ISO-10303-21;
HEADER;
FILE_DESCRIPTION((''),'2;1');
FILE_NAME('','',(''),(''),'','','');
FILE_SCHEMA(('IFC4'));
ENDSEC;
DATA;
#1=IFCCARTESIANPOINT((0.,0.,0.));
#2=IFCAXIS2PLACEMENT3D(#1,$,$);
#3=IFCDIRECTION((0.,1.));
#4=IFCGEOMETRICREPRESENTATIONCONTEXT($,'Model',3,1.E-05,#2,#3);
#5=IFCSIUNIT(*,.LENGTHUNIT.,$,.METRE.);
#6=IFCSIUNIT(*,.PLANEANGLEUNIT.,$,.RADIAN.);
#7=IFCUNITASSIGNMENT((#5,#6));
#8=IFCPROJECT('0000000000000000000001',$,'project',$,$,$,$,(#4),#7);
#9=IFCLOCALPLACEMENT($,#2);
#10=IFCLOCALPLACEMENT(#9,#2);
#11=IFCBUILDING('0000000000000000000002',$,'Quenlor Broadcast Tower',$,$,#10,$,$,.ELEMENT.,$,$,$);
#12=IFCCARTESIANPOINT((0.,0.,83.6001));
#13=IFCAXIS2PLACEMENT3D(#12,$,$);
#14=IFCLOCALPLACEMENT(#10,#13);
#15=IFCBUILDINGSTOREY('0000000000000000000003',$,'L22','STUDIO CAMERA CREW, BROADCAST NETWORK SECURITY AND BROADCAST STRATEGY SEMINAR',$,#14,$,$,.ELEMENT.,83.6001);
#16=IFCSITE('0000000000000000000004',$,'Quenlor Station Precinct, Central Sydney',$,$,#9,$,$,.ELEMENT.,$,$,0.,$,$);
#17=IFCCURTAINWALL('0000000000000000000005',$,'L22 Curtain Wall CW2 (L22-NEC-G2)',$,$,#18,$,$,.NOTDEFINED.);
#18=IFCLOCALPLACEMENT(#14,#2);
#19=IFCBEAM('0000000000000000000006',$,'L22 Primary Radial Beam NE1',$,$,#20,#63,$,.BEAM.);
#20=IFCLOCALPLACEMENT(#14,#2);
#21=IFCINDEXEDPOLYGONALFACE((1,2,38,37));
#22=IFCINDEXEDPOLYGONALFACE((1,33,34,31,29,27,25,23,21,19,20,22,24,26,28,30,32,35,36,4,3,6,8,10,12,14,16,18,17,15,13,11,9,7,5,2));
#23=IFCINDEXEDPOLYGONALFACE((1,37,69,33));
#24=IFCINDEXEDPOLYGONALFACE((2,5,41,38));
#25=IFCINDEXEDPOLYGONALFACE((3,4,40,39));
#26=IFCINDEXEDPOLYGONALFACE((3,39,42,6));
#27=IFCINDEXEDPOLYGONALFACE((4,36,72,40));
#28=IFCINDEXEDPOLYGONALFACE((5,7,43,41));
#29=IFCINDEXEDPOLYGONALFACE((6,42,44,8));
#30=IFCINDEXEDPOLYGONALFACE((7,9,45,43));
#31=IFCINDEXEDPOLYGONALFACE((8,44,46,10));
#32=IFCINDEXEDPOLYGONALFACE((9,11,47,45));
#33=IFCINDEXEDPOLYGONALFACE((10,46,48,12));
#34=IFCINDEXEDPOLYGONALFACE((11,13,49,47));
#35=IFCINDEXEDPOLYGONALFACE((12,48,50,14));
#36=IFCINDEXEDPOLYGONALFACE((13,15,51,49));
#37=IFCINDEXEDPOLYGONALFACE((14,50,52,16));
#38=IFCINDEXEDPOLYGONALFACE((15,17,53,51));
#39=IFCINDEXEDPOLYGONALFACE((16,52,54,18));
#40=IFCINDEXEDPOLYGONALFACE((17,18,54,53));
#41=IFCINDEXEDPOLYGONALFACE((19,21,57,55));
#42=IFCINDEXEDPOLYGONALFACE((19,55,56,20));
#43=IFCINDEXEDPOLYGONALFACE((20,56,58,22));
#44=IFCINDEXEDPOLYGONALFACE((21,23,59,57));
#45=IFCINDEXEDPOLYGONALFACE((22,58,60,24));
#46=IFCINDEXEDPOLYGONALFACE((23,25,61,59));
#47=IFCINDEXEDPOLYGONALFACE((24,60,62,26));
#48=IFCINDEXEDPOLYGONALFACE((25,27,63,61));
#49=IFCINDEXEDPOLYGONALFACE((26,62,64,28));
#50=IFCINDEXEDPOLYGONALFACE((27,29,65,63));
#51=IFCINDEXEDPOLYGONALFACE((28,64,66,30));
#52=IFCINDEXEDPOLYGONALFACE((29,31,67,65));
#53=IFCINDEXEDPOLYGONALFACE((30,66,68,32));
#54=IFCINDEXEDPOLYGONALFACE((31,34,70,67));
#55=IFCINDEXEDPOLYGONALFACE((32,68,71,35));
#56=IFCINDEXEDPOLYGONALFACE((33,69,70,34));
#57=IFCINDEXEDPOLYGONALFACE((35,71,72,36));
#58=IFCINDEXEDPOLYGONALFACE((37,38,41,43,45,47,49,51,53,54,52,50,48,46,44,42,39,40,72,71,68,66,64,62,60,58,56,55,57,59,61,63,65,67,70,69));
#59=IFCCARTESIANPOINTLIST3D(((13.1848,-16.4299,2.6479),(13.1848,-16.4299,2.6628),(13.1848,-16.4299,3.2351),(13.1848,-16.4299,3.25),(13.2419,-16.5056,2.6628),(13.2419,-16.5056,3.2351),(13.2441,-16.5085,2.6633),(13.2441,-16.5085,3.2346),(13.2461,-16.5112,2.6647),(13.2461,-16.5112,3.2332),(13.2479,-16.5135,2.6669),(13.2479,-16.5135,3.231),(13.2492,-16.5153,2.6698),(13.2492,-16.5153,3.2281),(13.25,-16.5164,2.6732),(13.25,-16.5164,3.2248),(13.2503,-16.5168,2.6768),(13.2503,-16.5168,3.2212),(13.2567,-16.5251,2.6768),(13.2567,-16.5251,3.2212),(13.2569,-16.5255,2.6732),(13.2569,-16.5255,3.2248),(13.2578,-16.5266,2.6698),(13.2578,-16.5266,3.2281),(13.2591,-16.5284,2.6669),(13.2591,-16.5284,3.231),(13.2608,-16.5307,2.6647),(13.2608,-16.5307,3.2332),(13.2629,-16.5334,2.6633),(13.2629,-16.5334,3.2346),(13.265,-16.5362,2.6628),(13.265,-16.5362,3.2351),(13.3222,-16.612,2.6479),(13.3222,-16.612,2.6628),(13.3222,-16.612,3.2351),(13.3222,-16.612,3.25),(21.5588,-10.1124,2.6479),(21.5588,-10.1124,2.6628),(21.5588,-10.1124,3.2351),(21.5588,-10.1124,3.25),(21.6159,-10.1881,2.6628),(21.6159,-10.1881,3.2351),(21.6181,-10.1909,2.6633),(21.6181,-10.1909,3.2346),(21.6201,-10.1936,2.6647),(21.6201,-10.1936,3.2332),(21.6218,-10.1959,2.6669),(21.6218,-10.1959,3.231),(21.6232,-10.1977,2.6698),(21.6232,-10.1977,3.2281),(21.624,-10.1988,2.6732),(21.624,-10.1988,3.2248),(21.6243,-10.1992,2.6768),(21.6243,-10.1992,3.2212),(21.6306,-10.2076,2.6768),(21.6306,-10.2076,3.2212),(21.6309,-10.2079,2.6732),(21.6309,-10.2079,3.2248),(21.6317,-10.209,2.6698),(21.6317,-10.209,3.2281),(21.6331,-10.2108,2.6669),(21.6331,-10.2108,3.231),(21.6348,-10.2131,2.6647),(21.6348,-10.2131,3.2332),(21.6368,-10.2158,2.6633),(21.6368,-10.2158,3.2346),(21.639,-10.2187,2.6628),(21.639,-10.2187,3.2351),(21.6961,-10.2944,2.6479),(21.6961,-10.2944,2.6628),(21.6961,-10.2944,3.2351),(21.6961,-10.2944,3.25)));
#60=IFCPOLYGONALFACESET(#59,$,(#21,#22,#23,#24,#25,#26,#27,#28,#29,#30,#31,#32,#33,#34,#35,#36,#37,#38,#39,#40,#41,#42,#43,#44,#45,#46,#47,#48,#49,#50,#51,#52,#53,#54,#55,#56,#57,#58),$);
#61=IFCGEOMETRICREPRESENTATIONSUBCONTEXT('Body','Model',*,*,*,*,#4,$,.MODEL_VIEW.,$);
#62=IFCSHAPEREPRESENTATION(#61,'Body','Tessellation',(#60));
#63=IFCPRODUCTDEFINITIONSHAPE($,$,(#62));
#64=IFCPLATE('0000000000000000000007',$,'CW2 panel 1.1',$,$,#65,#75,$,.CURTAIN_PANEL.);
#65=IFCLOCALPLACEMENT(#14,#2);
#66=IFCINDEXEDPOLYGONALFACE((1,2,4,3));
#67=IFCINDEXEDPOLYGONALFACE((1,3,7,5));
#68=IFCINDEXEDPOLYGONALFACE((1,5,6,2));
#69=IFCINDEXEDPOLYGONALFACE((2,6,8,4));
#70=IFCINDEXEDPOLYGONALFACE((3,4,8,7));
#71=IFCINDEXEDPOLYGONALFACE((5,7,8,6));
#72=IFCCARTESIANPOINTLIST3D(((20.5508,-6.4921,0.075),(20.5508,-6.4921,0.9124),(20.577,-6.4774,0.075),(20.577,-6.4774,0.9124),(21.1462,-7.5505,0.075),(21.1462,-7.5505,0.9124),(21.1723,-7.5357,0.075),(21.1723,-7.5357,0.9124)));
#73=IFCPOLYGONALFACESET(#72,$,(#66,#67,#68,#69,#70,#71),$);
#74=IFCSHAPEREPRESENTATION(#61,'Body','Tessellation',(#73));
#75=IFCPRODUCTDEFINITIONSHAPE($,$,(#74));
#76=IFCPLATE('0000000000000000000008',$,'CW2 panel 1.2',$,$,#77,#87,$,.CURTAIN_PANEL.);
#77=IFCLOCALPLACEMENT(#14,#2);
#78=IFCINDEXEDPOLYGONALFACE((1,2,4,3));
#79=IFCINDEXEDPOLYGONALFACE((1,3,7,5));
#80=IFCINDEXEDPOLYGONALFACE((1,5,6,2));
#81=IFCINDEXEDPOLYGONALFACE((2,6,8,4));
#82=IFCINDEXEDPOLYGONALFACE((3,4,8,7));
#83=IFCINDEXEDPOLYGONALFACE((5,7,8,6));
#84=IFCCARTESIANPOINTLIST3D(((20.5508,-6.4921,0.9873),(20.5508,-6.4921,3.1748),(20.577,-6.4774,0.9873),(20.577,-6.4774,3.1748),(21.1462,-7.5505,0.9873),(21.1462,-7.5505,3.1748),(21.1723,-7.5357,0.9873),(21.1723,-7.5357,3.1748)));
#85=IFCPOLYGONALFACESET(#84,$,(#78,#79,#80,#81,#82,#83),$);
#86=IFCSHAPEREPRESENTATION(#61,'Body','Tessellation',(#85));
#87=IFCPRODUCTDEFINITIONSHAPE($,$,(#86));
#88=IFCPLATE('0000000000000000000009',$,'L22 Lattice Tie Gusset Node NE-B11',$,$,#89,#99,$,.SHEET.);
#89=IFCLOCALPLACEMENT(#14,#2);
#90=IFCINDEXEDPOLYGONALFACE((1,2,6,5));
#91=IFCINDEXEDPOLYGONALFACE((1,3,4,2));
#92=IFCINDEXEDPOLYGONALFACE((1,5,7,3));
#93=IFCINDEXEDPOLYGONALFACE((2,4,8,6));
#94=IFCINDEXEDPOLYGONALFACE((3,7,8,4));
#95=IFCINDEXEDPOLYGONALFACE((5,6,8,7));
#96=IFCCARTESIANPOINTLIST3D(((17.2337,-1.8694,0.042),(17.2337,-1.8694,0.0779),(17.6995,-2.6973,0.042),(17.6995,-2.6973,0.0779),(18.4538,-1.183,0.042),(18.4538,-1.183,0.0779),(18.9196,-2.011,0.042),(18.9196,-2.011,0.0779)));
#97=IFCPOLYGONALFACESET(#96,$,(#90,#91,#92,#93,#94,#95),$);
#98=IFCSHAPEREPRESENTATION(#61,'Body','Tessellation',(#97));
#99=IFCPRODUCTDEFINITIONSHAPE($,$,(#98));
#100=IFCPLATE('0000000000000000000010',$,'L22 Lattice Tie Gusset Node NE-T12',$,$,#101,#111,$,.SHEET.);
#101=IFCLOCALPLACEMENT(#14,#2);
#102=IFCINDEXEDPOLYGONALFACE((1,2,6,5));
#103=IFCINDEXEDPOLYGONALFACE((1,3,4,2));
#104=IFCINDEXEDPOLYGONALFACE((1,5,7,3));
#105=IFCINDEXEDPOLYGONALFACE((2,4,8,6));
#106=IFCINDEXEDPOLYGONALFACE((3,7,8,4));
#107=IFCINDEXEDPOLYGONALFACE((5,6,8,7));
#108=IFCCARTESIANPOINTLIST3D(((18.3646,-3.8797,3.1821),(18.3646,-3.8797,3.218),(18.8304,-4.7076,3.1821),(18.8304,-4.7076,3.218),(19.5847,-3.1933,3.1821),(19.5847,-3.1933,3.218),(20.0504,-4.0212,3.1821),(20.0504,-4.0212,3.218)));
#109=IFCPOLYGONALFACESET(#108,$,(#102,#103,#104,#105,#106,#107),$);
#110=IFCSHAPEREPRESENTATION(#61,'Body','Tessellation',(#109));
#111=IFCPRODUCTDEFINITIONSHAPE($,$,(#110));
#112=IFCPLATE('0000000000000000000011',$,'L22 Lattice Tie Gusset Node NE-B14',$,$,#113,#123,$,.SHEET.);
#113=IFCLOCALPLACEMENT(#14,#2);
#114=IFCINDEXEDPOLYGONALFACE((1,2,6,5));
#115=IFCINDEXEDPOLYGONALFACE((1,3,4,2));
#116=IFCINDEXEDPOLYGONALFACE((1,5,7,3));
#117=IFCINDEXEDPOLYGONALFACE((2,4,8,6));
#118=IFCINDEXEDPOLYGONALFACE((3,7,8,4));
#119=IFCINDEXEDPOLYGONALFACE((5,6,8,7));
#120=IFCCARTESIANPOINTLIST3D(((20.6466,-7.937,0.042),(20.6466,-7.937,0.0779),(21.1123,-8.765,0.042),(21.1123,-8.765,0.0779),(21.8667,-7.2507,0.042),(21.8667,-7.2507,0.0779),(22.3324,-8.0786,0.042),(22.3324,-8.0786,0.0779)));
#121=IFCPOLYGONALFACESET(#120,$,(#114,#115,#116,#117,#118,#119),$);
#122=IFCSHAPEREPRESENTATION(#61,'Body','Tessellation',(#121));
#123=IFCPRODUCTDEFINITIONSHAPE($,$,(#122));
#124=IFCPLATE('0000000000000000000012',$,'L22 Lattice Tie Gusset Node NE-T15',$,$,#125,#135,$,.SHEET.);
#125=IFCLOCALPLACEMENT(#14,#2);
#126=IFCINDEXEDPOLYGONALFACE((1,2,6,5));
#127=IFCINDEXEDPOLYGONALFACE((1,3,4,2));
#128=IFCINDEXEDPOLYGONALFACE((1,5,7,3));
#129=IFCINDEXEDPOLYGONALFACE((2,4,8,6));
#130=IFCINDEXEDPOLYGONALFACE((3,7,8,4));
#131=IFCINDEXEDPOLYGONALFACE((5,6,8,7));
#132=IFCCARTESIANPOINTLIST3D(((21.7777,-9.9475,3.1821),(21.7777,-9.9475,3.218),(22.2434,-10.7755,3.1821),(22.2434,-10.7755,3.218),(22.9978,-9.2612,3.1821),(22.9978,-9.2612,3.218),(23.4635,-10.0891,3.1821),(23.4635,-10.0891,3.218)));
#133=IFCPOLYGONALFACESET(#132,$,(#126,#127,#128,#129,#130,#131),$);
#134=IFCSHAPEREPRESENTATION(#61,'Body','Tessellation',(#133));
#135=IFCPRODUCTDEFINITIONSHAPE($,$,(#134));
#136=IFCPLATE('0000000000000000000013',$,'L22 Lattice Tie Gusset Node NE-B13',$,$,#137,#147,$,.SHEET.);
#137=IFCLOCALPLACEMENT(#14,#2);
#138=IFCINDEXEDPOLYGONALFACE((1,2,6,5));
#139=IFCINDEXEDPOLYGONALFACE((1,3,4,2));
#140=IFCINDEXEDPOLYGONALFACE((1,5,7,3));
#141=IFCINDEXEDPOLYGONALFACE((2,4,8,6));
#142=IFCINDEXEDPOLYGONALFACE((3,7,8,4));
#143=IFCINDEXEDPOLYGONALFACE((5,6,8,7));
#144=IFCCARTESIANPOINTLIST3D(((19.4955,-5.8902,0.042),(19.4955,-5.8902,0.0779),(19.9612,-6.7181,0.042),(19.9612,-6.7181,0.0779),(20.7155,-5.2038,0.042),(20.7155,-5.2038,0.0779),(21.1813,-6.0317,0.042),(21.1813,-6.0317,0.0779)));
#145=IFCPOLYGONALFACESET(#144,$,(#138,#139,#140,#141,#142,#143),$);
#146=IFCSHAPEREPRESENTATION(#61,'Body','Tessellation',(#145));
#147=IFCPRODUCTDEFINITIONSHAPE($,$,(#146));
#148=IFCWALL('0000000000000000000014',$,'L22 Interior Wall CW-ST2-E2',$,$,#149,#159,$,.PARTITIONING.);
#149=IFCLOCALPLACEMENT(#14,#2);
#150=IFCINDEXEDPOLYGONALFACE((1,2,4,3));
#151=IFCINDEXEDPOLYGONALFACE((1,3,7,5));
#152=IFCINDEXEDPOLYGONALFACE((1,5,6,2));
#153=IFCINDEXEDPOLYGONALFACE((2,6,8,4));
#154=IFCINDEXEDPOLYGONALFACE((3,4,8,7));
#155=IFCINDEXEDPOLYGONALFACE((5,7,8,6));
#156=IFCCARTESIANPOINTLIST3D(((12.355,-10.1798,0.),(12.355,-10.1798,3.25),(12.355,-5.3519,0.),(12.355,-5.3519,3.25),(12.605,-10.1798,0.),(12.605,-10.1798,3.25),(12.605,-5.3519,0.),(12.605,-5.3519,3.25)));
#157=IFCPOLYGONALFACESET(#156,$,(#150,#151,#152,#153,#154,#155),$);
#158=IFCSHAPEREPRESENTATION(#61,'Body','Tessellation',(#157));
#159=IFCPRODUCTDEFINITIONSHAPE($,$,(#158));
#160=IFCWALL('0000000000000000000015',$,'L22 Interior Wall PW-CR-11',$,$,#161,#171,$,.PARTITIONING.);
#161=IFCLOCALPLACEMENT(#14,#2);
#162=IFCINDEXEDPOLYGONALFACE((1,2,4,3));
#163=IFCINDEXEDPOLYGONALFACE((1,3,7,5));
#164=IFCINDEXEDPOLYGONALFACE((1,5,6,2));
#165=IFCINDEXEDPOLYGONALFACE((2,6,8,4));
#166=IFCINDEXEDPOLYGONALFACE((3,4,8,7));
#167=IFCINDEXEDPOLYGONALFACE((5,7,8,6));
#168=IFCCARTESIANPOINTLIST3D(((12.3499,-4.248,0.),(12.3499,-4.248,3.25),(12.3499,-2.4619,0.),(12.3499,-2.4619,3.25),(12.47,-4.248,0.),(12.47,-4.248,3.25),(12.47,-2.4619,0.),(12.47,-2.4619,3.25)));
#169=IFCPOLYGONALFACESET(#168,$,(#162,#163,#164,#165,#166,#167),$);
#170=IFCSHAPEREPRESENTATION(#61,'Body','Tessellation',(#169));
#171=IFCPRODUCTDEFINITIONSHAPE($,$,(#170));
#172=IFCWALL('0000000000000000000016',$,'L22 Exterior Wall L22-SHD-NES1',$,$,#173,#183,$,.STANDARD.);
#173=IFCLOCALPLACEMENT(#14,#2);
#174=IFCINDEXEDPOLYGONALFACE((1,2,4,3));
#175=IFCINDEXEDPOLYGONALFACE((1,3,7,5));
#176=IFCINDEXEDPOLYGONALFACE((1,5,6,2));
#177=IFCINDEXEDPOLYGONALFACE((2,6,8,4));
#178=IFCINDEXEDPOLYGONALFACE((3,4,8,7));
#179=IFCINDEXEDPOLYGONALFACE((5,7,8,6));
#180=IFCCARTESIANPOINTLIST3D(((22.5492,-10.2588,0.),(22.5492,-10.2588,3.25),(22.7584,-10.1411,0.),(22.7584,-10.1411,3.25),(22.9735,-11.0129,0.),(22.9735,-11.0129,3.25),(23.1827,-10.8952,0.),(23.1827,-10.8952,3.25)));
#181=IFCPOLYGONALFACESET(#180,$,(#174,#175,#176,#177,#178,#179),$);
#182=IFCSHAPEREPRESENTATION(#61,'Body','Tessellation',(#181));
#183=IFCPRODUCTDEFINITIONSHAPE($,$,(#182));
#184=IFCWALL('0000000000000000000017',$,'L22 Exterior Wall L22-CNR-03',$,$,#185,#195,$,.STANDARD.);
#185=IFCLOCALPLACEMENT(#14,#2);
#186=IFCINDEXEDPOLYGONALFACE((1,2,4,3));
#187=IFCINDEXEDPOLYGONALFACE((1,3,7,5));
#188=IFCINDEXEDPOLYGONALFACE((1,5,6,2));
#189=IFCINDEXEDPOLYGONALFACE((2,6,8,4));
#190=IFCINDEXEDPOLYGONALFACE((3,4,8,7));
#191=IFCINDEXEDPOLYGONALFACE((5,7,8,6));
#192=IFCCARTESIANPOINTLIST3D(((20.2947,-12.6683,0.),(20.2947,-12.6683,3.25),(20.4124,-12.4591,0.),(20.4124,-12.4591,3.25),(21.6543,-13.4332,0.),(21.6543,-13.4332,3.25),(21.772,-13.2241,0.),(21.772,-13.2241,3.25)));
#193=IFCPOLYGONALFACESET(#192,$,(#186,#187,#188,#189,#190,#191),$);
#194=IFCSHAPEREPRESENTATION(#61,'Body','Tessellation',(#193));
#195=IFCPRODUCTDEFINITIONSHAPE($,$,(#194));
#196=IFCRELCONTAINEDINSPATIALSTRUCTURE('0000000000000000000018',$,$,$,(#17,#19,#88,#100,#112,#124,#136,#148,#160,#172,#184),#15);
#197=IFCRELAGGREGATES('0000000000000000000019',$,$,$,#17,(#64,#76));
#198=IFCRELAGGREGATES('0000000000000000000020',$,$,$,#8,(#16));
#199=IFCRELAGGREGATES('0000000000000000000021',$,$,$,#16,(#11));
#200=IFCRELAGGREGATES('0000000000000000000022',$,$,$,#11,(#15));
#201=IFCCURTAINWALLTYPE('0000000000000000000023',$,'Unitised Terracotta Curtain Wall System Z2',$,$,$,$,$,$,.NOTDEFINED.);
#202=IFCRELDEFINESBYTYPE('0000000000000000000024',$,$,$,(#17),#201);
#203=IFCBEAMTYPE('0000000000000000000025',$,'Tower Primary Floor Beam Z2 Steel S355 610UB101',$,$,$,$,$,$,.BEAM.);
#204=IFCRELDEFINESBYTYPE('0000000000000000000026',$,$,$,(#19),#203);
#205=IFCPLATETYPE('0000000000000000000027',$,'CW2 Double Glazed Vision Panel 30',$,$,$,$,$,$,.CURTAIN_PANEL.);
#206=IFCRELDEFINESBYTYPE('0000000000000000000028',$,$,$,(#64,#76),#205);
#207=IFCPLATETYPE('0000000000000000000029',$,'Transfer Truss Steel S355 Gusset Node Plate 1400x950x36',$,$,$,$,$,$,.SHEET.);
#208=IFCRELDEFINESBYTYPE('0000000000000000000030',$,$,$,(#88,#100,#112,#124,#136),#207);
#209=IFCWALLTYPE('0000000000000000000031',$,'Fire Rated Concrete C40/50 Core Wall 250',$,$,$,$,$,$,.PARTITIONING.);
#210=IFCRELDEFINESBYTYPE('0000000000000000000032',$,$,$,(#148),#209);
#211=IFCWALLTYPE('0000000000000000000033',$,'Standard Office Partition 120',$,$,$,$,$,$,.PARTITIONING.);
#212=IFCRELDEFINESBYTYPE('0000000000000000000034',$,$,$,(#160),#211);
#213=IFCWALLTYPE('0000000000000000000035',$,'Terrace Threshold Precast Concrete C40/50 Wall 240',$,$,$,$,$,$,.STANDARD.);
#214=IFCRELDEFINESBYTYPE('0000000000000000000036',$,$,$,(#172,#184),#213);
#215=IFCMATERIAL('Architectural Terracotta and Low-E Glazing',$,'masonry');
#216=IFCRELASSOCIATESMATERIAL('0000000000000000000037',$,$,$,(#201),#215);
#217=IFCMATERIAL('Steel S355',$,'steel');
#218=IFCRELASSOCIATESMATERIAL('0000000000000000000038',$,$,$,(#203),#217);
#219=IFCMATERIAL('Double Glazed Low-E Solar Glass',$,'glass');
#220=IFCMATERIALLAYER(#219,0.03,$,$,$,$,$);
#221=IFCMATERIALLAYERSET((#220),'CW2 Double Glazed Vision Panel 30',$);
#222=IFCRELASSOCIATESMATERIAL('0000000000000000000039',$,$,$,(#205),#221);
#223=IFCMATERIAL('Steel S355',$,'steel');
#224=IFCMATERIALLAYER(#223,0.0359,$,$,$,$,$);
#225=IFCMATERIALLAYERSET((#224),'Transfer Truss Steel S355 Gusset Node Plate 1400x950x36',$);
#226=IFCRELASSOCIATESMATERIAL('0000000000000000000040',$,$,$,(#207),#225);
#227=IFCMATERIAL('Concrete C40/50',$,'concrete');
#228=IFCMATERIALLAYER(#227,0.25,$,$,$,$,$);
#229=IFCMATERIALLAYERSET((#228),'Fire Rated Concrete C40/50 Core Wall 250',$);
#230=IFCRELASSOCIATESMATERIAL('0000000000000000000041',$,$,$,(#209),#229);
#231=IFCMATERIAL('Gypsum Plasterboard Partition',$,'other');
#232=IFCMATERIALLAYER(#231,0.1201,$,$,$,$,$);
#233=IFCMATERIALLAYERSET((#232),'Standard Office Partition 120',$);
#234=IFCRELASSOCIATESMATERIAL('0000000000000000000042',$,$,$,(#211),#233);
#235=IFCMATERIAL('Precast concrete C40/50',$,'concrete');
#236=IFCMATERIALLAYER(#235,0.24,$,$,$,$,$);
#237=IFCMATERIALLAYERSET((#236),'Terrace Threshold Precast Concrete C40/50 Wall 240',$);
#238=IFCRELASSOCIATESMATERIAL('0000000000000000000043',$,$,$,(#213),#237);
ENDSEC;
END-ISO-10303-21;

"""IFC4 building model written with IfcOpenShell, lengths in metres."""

from ifc_helpers import new_model, si_unit, direction, frame, frame_2d, origin, origin_2d, place, context, subcontext, project, spatial, rectangle, i_section, extrude, material, layer, layer_set, material_profile, profile_set, type_object, element, aggregate, save


model = new_model("IFC4")

# Units and contexts
model_context = context("Model", 3, precision=1e-05, world=origin(), true_north=direction((0.0, 1.0)))
body_context = subcontext(model_context, "Body", "Model", "MODEL_VIEW")
ifc_project = project(units=[si_unit("LENGTHUNIT", "METRE"), si_unit("PLANEANGLEUNIT", "RADIAN")], contexts=[model_context])

# Site, building, storey
site_placement = place(None, origin())
site = spatial("IfcSite", under=ifc_project, at=site_placement, Name="Quenlor Station Precinct, Central Sydney", CompositionType="ELEMENT", RefElevation=0.0)
building_placement = place(site_placement, origin())
building = spatial("IfcBuilding", under=site, at=building_placement, Name="Quenlor Broadcast Tower", CompositionType="ELEMENT")
storey_placement = place(building_placement, frame((0.0, 0.0, 83.6001)))
storey = spatial("IfcBuildingStorey", under=building, at=storey_placement, Name="L22", Description="STUDIO CAMERA CREW, BROADCAST NETWORK SECURITY AND BROADCAST STRATEGY SEMINAR", CompositionType="ELEMENT", Elevation=83.6001)

# Curtain wall
ifc_material_1 = material(Name="Architectural Terracotta and Low-E Glazing", Category="masonry")
curtain_wall_type = type_object("IfcCurtainWallType", Name="Unitised Terracotta Curtain Wall System Z2", PredefinedType="NOTDEFINED", material=ifc_material_1)
curtain_wall_placement = place(storey_placement, origin())
curtain_wall = element("IfcCurtainWall", 1, at=curtain_wall_placement, inside=storey, type_object=curtain_wall_type, Name="L22 Curtain Wall CW2 (L22-NEC-G2)", PredefinedType="NOTDEFINED")

# Beam
ifc_material_2 = material(Name="Steel S355", Category="steel")
ifc_material_profile_1 = material_profile(ifc_material_2, i_section(OverallWidth=0.228, OverallDepth=0.6021, WebThickness=0.0105, FlangeThickness=0.0149, FilletRadius=0.0139, at=origin_2d()))
ifc_profile_set_1 = profile_set([ifc_material_profile_1], Name="Steel S355 610UB101")
beam_type_1 = type_object("IfcBeamType", Name="Tower Primary Floor Beam Z2 Steel S355 610UB101", PredefinedType="BEAM", material=ifc_profile_set_1)
beam_1_placement = place(storey_placement, frame((21.6274, -10.2034, 2.949), z_axis=(-0.798299, -0.602262, 0.0), x_axis=(0.602262, -0.798299, 0.0)))
element("IfcBeam", 2, at=beam_1_placement, inside=storey, type_object=beam_type_1, Name="L22 Primary Radial Beam NE1", PredefinedType="BEAM", context=body_context, shape_type="SweptSolid", body=[
    extrude(i_section(OverallWidth=0.228, OverallDepth=0.6021, WebThickness=0.0105, FlangeThickness=0.0149, FilletRadius=0.0139, at=origin_2d()), origin(), (0.0, 0.0, 1.0), 10.4897),
])

# Plates
ifc_material_3 = material(Name="Double Glazed Low-E Solar Glass", Category="glass")
ifc_layer_1 = layer(ifc_material_3, 0.03)
ifc_layer_set_1 = layer_set([ifc_layer_1], Name="CW2 Double Glazed Vision Panel 30")
plate_type_1 = type_object("IfcPlateType", Name="CW2 Double Glazed Vision Panel 30", PredefinedType="CURTAIN_PANEL", material=ifc_layer_set_1)
plate_1_placement = place(storey_placement, frame((20.8616, -7.0139, 0.075), z_axis=(0.0, 0.0, 1.0), x_axis=(0.490279, -0.871566, 0.0)))
plate_1 = element("IfcPlate", 3, at=plate_1_placement, type_object=plate_type_1, Name="CW2 panel 1.1", PredefinedType="CURTAIN_PANEL", context=body_context, shape_type="SweptSolid", body=[
    extrude(rectangle(XDim=1.2144, YDim=0.03, at=origin_2d()), origin(), (0.0, 0.0, 1.0), 0.8374),
])
plate_2_placement = place(storey_placement, frame((20.8616, -7.0139, 0.9873), z_axis=(0.0, 0.0, 1.0), x_axis=(0.490279, -0.871566, 0.0)))
plate_2 = element("IfcPlate", 4, at=plate_2_placement, type_object=plate_type_1, Name="CW2 panel 1.2", PredefinedType="CURTAIN_PANEL", context=body_context, shape_type="SweptSolid", body=[
    extrude(rectangle(XDim=1.2144, YDim=0.03, at=origin_2d()), origin(), (0.0, 0.0, 1.0), 2.1875),
])
aggregate(curtain_wall, [plate_1, plate_2])

# Plates
ifc_material_4 = material(Name="Steel S355", Category="steel")
ifc_layer_2 = layer(ifc_material_4, 0.0359)
ifc_layer_set_2 = layer_set([ifc_layer_2], Name="Transfer Truss Steel S355 Gusset Node Plate 1400x950x36")
plate_type_2 = type_object("IfcPlateType", Name="Transfer Truss Steel S355 Gusset Node Plate 1400x950x36", PredefinedType="SHEET", material=ifc_layer_set_2)
for number, where, z_axis, x_axis, name in (
    (5, (18.0767, -1.9402, 0.042), (0.0, 0.0, 1.0), (0.871556, 0.490295, 0.0), "L22 Lattice Tie Gusset Node NE-B11"),
    (6, (19.2075, -3.9504, 3.1821), (0.0, 0.0, 1.0), (0.871556, 0.490295, 0.0), "L22 Lattice Tie Gusset Node NE-T12"),
    (7, (21.4895, -8.0078, 0.042), (0.0, 0.0, 1.0), (0.871556, 0.490295, 0.0), "L22 Lattice Tie Gusset Node NE-B14"),
    (8, (22.6206, -10.0183, 3.1821), (0.0, 0.0, 1.0), (0.871556, 0.490295, 0.0), "L22 Lattice Tie Gusset Node NE-T15"),
    (9, (20.3384, -5.9609, 0.042), (0.0, 0.0, 1.0), (0.871556, 0.490295, 0.0), "L22 Lattice Tie Gusset Node NE-B13"),
):
    element("IfcPlate", number, at=place(storey_placement, frame(where, z_axis=z_axis, x_axis=x_axis)), inside=storey, type_object=plate_type_2, Name=name, PredefinedType="SHEET", context=body_context, shape_type="SweptSolid", body=[
        extrude(rectangle(XDim=1.3999, YDim=0.95, at=origin_2d()), origin(), (0.0, 0.0, 1.0), 0.0359),
    ])

# Walls
ifc_material_5 = material(Name="Concrete C40/50", Category="concrete")
ifc_layer_3 = layer(ifc_material_5, 0.25)
ifc_layer_set_3 = layer_set([ifc_layer_3], Name="Fire Rated Concrete C40/50 Core Wall 250")
wall_type_1 = type_object("IfcWallType", Name="Fire Rated Concrete C40/50 Core Wall 250", PredefinedType="PARTITIONING", material=ifc_layer_set_3)
wall_1_placement = place(storey_placement, frame((12.48, -10.1799, 0.0), z_axis=(0.0, 0.0, 1.0), x_axis=(0.0, 1.0, 0.0)))
element("IfcWall", 10, at=wall_1_placement, inside=storey, type_object=wall_type_1, Name="L22 Interior Wall CW-ST2-E2", PredefinedType="PARTITIONING", context=body_context, shape_type="SweptSolid", body=[
    extrude(rectangle(XDim=4.8279, YDim=0.25, at=frame_2d((2.4141, 0.0))), origin(), (0.0, 0.0, 1.0), 3.25),
])
ifc_material_6 = material(Name="Gypsum Plasterboard Partition", Category="other")
ifc_layer_4 = layer(ifc_material_6, 0.1201)
ifc_layer_set_4 = layer_set([ifc_layer_4], Name="Standard Office Partition 120")
wall_type_2 = type_object("IfcWallType", Name="Standard Office Partition 120", PredefinedType="PARTITIONING", material=ifc_layer_set_4)
wall_2_placement = place(storey_placement, frame((12.4099, -2.4619, 0.0), z_axis=(0.0, 0.0, 1.0), x_axis=(0.0, -1.0, 0.0)))
element("IfcWall", 11, at=wall_2_placement, inside=storey, type_object=wall_type_2, Name="L22 Interior Wall PW-CR-11", PredefinedType="PARTITIONING", context=body_context, shape_type="SweptSolid", body=[
    extrude(rectangle(XDim=1.7861, YDim=0.1201, at=frame_2d((0.8931, 0.0))), origin(), (0.0, 0.0, 1.0), 3.25),
])
ifc_material_7 = material(Name="Precast concrete C40/50", Category="concrete")
ifc_layer_5 = layer(ifc_material_7, 0.24)
ifc_layer_set_5 = layer_set([ifc_layer_5], Name="Terrace Threshold Precast Concrete C40/50 Wall 240")
wall_type_3 = type_object("IfcWallType", Name="Terrace Threshold Precast Concrete C40/50 Wall 240", PredefinedType="STANDARD", material=ifc_layer_set_5)
wall_3_placement = place(storey_placement, frame((22.6538, -10.2, 0.0), z_axis=(0.0, 0.0, 1.0), x_axis=(0.490355, -0.871523, 0.0)))
element("IfcWall", 12, at=wall_3_placement, inside=storey, type_object=wall_type_3, Name="L22 Exterior Wall L22-SHD-NES1", PredefinedType="STANDARD", context=body_context, shape_type="SweptSolid", body=[
    extrude(rectangle(XDim=0.8652, YDim=0.24, at=frame_2d((0.4326, 0.0))), origin(), (0.0, 0.0, 1.0), 3.25),
])
wall_4_placement = place(storey_placement, frame((20.3535, -12.5637, 0.0), z_axis=(0.0, 0.0, 1.0), x_axis=(0.871546, -0.490313, 0.0)))
element("IfcWall", 13, at=wall_4_placement, inside=storey, type_object=wall_type_3, Name="L22 Exterior Wall L22-CNR-03", PredefinedType="STANDARD", context=body_context, shape_type="SweptSolid", body=[
    extrude(rectangle(XDim=1.5601, YDim=0.24, at=frame_2d((0.78, 0.0))), origin(), (0.0, 0.0, 1.0), 3.25),
])

save(model, "model.ifc")
